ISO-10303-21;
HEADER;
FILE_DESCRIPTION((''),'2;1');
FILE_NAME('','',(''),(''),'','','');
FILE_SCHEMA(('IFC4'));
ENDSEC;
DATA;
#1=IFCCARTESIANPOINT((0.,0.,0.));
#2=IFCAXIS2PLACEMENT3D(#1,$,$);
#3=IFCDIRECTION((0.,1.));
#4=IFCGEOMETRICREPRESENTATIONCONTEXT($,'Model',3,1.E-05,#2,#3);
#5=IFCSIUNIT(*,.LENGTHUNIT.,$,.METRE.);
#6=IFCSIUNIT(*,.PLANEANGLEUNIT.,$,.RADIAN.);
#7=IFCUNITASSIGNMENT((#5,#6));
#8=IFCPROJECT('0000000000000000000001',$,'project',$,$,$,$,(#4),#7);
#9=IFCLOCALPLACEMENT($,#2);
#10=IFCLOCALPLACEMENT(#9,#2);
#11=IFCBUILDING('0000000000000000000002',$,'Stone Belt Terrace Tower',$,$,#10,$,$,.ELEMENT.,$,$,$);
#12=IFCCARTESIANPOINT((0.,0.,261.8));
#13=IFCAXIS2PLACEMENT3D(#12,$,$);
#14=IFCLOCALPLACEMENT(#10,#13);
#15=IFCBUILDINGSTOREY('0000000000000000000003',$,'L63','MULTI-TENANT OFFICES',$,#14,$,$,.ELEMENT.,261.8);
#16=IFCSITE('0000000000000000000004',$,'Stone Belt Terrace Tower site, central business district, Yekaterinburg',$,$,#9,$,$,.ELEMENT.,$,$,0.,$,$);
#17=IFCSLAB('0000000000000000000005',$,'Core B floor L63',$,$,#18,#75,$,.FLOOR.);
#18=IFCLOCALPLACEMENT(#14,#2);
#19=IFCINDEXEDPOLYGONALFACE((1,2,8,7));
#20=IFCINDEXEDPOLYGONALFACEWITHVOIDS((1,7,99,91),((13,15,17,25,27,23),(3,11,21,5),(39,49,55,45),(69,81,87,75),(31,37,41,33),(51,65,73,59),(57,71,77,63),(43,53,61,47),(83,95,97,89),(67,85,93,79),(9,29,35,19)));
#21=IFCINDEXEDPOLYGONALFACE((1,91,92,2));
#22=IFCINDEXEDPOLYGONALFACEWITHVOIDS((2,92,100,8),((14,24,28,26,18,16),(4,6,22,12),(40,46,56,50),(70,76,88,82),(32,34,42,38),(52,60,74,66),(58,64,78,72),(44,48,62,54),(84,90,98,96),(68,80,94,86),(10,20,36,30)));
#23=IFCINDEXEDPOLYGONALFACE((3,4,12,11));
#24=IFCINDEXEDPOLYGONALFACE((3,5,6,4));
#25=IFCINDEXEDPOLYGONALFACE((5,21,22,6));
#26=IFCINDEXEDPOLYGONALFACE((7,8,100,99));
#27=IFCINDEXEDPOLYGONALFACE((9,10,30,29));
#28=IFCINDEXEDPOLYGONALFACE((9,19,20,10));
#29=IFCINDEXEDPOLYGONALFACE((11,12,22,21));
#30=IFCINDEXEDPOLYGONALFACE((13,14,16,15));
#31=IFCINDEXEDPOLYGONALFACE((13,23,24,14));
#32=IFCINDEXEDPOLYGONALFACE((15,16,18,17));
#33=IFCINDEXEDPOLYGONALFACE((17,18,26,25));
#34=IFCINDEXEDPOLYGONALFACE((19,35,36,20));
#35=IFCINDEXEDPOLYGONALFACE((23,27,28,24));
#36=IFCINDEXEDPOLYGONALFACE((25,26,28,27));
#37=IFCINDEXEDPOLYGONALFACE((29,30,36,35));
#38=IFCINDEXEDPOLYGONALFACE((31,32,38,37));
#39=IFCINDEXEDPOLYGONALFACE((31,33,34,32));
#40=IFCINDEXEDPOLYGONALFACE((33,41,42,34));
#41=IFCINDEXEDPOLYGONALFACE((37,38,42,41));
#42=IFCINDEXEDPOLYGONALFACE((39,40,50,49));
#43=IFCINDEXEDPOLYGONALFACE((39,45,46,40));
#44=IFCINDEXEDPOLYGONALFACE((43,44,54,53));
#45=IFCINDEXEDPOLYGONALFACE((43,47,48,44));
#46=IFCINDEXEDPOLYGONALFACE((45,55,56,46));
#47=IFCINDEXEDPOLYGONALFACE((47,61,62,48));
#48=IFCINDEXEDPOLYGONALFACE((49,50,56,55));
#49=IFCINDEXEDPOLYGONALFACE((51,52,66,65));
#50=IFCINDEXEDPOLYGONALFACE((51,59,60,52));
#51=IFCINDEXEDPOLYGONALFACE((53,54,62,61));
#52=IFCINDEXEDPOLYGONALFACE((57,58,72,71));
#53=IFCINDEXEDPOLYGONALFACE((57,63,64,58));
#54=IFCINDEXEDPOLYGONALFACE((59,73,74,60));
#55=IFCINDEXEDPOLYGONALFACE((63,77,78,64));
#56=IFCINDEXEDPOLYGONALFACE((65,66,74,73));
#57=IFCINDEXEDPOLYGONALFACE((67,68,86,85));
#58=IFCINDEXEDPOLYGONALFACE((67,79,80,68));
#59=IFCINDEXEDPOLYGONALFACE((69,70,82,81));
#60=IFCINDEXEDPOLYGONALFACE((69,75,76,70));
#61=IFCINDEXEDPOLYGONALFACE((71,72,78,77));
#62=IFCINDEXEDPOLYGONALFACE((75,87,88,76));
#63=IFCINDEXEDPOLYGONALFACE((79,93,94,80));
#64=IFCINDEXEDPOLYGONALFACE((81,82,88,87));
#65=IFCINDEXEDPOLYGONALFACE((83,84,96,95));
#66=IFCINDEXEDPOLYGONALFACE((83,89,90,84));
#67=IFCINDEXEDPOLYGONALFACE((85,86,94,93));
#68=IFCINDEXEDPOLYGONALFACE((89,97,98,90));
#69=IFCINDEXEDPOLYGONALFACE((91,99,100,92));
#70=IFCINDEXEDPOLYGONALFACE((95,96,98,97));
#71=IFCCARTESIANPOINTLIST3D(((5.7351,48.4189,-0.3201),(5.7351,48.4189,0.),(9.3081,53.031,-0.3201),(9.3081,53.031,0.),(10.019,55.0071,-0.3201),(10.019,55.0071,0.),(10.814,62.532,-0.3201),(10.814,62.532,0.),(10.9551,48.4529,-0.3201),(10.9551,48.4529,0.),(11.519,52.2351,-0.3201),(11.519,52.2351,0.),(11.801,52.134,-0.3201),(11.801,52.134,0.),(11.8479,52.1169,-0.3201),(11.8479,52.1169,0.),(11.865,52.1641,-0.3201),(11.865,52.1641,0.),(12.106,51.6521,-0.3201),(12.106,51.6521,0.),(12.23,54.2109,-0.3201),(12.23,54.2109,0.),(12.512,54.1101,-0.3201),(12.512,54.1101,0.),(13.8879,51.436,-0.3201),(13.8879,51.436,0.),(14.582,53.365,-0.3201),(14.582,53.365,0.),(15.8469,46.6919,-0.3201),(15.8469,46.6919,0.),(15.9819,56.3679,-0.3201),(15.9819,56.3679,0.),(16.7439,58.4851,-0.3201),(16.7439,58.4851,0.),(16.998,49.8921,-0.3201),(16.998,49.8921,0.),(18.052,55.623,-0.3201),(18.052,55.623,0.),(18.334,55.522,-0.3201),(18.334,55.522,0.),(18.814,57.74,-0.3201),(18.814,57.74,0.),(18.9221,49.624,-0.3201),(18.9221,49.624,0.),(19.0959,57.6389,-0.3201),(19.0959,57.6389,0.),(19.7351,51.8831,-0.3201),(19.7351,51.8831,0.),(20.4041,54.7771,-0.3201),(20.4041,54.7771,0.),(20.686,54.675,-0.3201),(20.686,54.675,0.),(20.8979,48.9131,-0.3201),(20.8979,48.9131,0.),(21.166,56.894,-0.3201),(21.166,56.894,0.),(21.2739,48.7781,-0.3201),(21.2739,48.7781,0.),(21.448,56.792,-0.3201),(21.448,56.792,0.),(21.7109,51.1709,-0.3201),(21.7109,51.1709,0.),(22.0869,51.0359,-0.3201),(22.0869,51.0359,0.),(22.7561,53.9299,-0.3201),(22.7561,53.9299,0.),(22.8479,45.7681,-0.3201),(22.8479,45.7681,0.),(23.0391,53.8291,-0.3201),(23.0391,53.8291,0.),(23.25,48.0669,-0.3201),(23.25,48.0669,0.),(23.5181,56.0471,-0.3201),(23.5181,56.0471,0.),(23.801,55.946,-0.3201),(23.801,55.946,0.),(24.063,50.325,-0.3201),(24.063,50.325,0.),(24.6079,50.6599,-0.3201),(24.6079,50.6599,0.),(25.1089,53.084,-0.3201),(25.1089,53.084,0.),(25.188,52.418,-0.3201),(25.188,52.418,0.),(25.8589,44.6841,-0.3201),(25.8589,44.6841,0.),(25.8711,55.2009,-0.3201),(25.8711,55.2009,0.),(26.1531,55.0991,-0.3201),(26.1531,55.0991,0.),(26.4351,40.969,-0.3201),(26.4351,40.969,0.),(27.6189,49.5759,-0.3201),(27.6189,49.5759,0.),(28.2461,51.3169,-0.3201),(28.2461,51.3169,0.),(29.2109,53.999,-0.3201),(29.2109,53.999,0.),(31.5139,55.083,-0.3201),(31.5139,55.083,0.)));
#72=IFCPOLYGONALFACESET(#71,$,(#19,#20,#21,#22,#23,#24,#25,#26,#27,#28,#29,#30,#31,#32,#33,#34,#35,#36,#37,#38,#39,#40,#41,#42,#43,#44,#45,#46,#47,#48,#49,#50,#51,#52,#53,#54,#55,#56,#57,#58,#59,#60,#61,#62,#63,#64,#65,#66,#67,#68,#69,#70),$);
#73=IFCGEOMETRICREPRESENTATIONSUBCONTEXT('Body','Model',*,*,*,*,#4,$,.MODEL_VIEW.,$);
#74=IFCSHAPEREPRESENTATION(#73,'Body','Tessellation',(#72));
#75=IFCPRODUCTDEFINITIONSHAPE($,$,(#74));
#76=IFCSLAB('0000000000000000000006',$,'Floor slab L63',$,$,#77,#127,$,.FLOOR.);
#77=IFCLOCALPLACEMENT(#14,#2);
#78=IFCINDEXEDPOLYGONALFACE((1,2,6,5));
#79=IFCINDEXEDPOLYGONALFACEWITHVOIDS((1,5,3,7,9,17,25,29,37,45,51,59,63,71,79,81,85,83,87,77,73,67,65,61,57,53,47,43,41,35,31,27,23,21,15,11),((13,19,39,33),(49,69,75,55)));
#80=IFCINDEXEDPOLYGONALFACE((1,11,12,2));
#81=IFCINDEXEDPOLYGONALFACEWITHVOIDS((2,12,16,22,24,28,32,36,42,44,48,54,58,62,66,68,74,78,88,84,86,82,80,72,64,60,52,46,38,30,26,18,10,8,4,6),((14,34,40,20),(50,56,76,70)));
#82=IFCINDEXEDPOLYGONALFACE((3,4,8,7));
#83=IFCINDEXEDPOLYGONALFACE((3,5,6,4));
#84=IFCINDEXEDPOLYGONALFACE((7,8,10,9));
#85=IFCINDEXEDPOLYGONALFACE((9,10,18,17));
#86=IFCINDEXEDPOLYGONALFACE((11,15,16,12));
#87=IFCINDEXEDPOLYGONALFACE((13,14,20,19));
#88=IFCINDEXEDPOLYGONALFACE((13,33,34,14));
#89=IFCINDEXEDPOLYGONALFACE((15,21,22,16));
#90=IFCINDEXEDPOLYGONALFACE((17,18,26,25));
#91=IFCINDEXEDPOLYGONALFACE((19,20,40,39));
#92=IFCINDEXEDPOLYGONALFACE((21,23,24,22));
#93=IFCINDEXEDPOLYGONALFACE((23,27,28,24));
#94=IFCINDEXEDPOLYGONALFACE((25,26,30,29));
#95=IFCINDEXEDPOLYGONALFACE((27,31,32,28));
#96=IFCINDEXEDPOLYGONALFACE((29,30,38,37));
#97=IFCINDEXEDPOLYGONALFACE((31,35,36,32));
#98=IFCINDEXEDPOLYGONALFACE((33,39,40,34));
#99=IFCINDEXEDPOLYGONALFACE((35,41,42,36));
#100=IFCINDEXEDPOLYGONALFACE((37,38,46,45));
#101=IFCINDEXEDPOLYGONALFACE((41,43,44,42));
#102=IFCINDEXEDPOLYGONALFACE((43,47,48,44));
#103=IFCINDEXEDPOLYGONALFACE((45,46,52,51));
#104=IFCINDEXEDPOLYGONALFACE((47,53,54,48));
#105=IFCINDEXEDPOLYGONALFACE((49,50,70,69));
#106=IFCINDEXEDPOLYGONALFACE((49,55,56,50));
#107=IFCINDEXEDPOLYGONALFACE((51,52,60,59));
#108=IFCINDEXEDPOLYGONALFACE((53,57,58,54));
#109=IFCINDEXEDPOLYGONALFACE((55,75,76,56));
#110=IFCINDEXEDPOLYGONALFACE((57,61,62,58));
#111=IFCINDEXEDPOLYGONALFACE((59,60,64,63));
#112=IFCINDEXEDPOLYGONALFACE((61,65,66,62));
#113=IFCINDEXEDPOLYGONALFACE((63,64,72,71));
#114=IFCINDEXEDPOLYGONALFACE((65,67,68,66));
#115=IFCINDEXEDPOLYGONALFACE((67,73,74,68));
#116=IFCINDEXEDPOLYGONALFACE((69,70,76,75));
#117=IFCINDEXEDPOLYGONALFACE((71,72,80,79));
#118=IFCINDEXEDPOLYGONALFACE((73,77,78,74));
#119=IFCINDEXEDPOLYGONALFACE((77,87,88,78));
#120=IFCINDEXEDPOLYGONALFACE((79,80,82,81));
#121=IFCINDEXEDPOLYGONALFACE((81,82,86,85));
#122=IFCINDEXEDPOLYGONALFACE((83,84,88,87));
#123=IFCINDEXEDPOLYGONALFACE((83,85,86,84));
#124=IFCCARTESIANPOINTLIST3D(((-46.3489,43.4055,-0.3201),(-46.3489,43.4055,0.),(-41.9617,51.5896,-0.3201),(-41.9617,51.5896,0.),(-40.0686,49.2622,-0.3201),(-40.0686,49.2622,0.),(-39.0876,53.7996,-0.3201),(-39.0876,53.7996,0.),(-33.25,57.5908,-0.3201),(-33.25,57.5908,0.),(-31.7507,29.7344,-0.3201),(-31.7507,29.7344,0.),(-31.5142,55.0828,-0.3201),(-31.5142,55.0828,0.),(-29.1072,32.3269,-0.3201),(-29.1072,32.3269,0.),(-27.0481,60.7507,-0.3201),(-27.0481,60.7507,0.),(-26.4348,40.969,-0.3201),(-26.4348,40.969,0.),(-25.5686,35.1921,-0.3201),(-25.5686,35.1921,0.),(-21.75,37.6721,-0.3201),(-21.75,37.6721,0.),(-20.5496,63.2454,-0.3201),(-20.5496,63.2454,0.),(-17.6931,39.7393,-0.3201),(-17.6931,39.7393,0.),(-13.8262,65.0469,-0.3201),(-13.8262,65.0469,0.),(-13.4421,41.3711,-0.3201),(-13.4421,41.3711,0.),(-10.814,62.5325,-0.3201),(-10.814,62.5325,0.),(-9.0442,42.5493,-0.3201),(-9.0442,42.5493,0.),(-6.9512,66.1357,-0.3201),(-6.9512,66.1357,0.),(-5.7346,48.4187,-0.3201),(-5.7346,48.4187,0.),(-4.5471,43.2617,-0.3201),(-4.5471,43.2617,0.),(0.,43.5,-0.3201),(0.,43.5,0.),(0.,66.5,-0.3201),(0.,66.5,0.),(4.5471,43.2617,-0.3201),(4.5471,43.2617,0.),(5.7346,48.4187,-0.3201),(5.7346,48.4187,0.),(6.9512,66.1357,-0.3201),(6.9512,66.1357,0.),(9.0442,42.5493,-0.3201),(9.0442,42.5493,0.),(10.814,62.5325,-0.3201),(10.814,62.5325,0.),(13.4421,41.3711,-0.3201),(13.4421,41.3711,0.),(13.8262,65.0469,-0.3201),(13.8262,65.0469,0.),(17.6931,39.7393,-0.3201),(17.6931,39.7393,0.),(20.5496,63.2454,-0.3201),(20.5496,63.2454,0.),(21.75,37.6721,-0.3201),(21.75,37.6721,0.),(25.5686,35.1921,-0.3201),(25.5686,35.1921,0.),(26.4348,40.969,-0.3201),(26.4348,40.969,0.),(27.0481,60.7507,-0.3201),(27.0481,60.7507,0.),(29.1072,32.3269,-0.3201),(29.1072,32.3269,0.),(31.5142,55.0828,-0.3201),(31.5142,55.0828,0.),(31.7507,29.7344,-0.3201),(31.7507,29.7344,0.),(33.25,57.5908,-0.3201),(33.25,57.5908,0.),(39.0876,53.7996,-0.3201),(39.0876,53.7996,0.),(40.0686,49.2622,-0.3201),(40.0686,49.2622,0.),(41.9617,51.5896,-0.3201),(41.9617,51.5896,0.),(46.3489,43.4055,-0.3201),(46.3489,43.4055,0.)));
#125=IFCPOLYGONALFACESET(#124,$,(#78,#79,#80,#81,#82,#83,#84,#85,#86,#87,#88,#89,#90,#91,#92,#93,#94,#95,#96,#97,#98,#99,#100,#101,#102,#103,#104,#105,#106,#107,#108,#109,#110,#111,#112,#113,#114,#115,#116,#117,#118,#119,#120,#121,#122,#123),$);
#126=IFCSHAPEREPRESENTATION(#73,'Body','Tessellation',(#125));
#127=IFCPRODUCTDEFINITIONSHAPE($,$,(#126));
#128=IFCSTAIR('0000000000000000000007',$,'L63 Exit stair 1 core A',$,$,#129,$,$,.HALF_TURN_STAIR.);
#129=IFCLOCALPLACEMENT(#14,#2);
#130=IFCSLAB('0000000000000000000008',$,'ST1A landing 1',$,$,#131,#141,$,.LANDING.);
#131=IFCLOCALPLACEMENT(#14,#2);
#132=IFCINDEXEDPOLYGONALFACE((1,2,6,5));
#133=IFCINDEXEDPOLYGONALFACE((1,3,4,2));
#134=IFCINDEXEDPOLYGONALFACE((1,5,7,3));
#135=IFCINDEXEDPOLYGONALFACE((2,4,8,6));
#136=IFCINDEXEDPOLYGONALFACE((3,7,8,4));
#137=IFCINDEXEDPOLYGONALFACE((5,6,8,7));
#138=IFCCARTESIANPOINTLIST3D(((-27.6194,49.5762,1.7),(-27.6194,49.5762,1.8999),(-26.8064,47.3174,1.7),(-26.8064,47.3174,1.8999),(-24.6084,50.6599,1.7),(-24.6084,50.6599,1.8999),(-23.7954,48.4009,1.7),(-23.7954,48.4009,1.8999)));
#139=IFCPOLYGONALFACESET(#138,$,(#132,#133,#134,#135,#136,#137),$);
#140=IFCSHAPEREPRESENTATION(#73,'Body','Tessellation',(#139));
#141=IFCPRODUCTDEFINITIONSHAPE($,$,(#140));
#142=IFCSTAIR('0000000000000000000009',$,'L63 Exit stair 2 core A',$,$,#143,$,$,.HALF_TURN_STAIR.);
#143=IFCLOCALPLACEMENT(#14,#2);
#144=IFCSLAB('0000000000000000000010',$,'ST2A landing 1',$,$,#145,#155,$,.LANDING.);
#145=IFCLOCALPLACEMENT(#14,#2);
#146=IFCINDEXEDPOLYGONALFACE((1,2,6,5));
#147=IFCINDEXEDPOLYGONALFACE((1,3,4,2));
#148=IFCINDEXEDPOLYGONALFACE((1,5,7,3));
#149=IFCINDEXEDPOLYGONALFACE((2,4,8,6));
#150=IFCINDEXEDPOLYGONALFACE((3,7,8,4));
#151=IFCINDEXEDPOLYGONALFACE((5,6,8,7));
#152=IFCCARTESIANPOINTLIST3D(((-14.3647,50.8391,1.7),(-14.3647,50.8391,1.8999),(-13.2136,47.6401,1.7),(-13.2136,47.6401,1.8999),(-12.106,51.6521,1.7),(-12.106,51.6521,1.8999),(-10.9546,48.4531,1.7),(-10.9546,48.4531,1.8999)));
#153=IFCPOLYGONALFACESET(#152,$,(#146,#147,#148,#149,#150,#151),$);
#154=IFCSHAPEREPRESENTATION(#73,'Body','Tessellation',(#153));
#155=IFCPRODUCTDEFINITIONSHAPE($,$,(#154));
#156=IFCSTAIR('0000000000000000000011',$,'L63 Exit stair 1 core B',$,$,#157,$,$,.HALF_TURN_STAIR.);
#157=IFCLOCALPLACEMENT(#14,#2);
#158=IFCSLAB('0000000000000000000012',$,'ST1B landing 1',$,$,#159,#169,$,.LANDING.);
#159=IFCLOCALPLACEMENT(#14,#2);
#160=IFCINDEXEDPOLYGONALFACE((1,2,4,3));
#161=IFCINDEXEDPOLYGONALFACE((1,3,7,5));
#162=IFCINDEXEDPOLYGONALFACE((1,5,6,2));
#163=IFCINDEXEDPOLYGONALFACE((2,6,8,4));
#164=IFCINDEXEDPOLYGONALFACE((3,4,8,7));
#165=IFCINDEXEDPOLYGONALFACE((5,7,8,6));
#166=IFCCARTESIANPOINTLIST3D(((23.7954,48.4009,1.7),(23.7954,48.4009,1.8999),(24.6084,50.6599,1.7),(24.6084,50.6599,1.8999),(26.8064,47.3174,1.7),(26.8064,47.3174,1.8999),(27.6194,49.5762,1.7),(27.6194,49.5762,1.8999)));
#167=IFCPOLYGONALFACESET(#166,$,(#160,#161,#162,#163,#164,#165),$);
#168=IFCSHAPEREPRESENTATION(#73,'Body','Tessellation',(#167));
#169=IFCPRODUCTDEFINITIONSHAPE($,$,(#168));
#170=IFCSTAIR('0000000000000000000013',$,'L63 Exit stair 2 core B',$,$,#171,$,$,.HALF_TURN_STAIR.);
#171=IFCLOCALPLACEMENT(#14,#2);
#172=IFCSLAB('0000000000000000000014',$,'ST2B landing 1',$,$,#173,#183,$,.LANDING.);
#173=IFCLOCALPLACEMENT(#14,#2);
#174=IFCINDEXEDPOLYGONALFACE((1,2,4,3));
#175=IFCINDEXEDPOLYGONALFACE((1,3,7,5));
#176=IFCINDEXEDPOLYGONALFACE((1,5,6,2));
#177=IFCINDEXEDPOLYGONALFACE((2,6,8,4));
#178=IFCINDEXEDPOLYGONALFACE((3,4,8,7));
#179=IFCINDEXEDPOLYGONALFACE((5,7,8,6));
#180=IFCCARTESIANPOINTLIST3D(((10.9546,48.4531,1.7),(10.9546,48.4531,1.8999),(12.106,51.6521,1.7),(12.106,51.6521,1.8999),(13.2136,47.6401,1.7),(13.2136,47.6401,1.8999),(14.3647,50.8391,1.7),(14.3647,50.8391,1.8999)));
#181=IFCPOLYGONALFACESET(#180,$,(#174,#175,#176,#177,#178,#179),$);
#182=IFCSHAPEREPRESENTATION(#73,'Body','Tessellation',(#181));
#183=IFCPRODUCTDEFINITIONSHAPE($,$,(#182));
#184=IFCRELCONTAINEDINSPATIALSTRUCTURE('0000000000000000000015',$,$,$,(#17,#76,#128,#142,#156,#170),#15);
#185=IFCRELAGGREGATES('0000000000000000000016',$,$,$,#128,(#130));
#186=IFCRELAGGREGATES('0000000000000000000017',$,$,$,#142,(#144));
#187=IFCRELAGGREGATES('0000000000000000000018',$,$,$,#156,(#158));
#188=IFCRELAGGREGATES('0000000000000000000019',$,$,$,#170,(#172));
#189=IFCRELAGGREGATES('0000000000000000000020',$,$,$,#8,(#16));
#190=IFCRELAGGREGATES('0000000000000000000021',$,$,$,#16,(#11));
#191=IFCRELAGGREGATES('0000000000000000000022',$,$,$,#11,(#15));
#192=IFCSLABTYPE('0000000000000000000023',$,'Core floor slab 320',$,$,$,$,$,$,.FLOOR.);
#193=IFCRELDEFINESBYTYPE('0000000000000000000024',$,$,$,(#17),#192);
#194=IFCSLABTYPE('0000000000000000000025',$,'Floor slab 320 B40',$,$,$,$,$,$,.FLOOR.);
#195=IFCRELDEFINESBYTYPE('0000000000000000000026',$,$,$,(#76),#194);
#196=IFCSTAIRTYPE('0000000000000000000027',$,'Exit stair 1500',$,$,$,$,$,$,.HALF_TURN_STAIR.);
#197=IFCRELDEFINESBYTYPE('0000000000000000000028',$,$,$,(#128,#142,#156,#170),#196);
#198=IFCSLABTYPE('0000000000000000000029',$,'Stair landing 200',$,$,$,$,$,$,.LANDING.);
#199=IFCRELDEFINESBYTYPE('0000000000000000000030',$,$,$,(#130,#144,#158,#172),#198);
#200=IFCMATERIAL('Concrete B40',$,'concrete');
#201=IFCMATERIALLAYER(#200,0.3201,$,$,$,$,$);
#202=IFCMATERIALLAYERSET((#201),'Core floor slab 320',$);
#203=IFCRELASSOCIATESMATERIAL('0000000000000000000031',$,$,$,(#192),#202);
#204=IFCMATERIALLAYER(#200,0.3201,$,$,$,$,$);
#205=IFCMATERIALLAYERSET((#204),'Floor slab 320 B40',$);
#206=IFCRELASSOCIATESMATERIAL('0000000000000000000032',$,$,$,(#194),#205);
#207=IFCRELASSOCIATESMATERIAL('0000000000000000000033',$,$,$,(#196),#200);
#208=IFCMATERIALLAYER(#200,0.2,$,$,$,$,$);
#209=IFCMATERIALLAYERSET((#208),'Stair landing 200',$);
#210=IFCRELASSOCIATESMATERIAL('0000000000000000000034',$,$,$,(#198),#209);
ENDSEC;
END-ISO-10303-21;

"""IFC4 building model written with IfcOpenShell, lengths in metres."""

from ifc_helpers import new_model, si_unit, direction, frame, origin, place, context, subcontext, project, spatial, polyline, outline, extrude, material, layer, layer_set, type_object, element, aggregate, save


model = new_model("IFC4")

# Units and contexts
model_context = context("Model", 3, precision=1e-05, world=origin(), true_north=direction((0.0, 1.0)))
body_context = subcontext(model_context, "Body", "Model", "MODEL_VIEW")
ifc_project = project(units=[si_unit("LENGTHUNIT", "METRE"), si_unit("PLANEANGLEUNIT", "RADIAN")], contexts=[model_context])

# Site, building, storey
site_placement = place(None, origin())
site = spatial("IfcSite", under=ifc_project, at=site_placement, Name="Stone Belt Terrace Tower site, central business district, Yekaterinburg", CompositionType="ELEMENT", RefElevation=0.0)
building_placement = place(site_placement, origin())
building = spatial("IfcBuilding", under=site, at=building_placement, Name="Stone Belt Terrace Tower", CompositionType="ELEMENT")
storey_placement = place(building_placement, frame((0.0, 0.0, 261.8)))
storey = spatial("IfcBuildingStorey", under=building, at=storey_placement, Name="L63", Description="MULTI-TENANT OFFICES", CompositionType="ELEMENT", Elevation=261.8)

# Slabs
ifc_material_1 = material(Name="Concrete B40", Category="concrete")
ifc_layer_1 = layer(ifc_material_1, 0.3201)
ifc_layer_set_1 = layer_set([ifc_layer_1], Name="Core floor slab 320")
slab_type_1 = type_object("IfcSlabType", Name="Core floor slab 320", PredefinedType="FLOOR", material=ifc_layer_set_1)
slab_1_placement = place(storey_placement, frame((0.0, 0.0, -0.3201)))
element("IfcSlab", 1, at=slab_1_placement, inside=storey, type_object=slab_type_1, Name="Core B floor L63", PredefinedType="FLOOR", context=body_context, shape_type="SweptSolid", body=[
    extrude(outline(polyline([(26.4351, 40.969), (31.5139, 55.083), (10.814, 62.532), (5.7351, 48.4189), (26.4351, 40.969)]), holes=[polyline([(12.106, 51.6521), (16.998, 49.8921), (15.8469, 46.6919), (10.9551, 48.4529), (12.106, 51.6521)]), polyline([(20.8979, 48.9131), (18.9221, 49.624), (19.7351, 51.8831), (21.7109, 51.1709), (20.8979, 48.9131)]), polyline([(11.801, 52.134), (12.512, 54.1101), (14.582, 53.365), (13.8879, 51.436), (11.865, 52.1641), (11.8479, 52.1169), (11.801, 52.134)]), polyline([(9.3081, 53.031), (10.019, 55.0071), (12.23, 54.2109), (11.519, 52.2351), (9.3081, 53.031)]), polyline([(19.0959, 57.6389), (21.166, 56.894), (20.4041, 54.7771), (18.334, 55.522), (19.0959, 57.6389)]), polyline([(15.9819, 56.3679), (16.7439, 58.4851), (18.814, 57.74), (18.052, 55.623), (15.9819, 56.3679)]), polyline([(25.8589, 44.6841), (22.8479, 45.7681), (24.6079, 50.6599), (27.6189, 49.5759), (25.8589, 44.6841)]), polyline([(21.2739, 48.7781), (22.0869, 51.0359), (24.063, 50.325), (23.25, 48.0669), (21.2739, 48.7781)]), polyline([(26.1531, 55.0991), (29.2109, 53.999), (28.2461, 51.3169), (25.188, 52.418), (26.1531, 55.0991)]), polyline([(23.801, 55.946), (25.8711, 55.2009), (25.1089, 53.084), (23.0391, 53.8291), (23.801, 55.946)]), polyline([(21.448, 56.792), (23.5181, 56.0471), (22.7561, 53.9299), (20.686, 54.675), (21.448, 56.792)])]), origin(), (0.0, 0.0, 1.0), 0.3201),
])
ifc_layer_2 = layer(ifc_material_1, 0.3201)
ifc_layer_set_2 = layer_set([ifc_layer_2], Name="Floor slab 320 B40")
slab_type_2 = type_object("IfcSlabType", Name="Floor slab 320 B40", PredefinedType="FLOOR", material=ifc_layer_set_2)
slab_2_placement = place(storey_placement, frame((0.0, 0.0, -0.3201)))
element("IfcSlab", 2, at=slab_2_placement, inside=storey, type_object=slab_type_2, Name="Floor slab L63", PredefinedType="FLOOR", context=body_context, shape_type="SweptSolid", body=[
    extrude(outline(polyline([(-40.0686, 49.2622), (-41.9617, 51.5896), (-39.0876, 53.7996), (-33.25, 57.5908), (-27.0481, 60.7507), (-20.5496, 63.2454), (-13.8262, 65.0469), (-6.9512, 66.1357), (0.0, 66.5), (6.9512, 66.1357), (13.8262, 65.0469), (20.5496, 63.2454), (27.0481, 60.7507), (33.25, 57.5908), (39.0876, 53.7996), (41.9617, 51.5896), (40.0686, 49.2622), (46.3489, 43.4055), (31.7507, 29.7344), (29.1072, 32.3269), (25.5686, 35.1921), (21.75, 37.6721), (17.6931, 39.7393), (13.4421, 41.3711), (9.0442, 42.5493), (4.5471, 43.2617), (0.0, 43.5), (-4.5471, 43.2617), (-9.0442, 42.5493), (-13.4421, 41.3711), (-17.6931, 39.7393), (-21.75, 37.6721), (-25.5686, 35.1921), (-29.1072, 32.3269), (-31.7507, 29.7344), (-46.3489, 43.4055), (-40.0686, 49.2622)]), holes=[polyline([(-10.814, 62.5325), (-31.5142, 55.0828), (-26.4348, 40.969), (-5.7346, 48.4187), (-10.814, 62.5325)]), polyline([(26.4348, 40.969), (31.5142, 55.0828), (10.814, 62.5325), (5.7346, 48.4187), (26.4348, 40.969)])]), origin(), (0.0, 0.0, 1.0), 0.3201),
])

# Stairs, slabs
stair_type = type_object("IfcStairType", Name="Exit stair 1500", PredefinedType="HALF_TURN_STAIR", material=ifc_material_1)
stair_1_placement = place(storey_placement, origin())
stair_1 = element("IfcStair", 3, at=stair_1_placement, inside=storey, type_object=stair_type, Name="L63 Exit stair 1 core A", PredefinedType="HALF_TURN_STAIR")
ifc_layer_3 = layer(ifc_material_1, 0.2)
ifc_layer_set_3 = layer_set([ifc_layer_3], Name="Stair landing 200")
slab_type_3 = type_object("IfcSlabType", Name="Stair landing 200", PredefinedType="LANDING", material=ifc_layer_set_3)
slab_3_placement = place(storey_placement, frame((0.0, 0.0, 1.7)))
slab_3 = element("IfcSlab", 4, at=slab_3_placement, type_object=slab_type_3, Name="ST1A landing 1", PredefinedType="LANDING", context=body_context, shape_type="SweptSolid", body=[
    extrude(outline(polyline([(-23.7954, 48.4009), (-24.6084, 50.6599), (-27.6194, 49.5762), (-26.8064, 47.3174), (-23.7954, 48.4009)])), origin(), (0.0, 0.0, 1.0), 0.2),
])
aggregate(stair_1, [slab_3])
stair_2_placement = place(storey_placement, origin())
stair_2 = element("IfcStair", 5, at=stair_2_placement, inside=storey, type_object=stair_type, Name="L63 Exit stair 2 core A", PredefinedType="HALF_TURN_STAIR")
slab_4_placement = place(storey_placement, frame((0.0, 0.0, 1.7)))
slab_4 = element("IfcSlab", 6, at=slab_4_placement, type_object=slab_type_3, Name="ST2A landing 1", PredefinedType="LANDING", context=body_context, shape_type="SweptSolid", body=[
    extrude(outline(polyline([(-13.2136, 47.6401), (-10.9546, 48.4531), (-12.106, 51.6521), (-14.3647, 50.8391), (-13.2136, 47.6401)])), origin(), (0.0, 0.0, 1.0), 0.2),
])
aggregate(stair_2, [slab_4])
stair_3_placement = place(storey_placement, origin())
stair_3 = element("IfcStair", 7, at=stair_3_placement, inside=storey, type_object=stair_type, Name="L63 Exit stair 1 core B", PredefinedType="HALF_TURN_STAIR")
slab_5_placement = place(storey_placement, frame((0.0, 0.0, 1.7)))
slab_5 = element("IfcSlab", 8, at=slab_5_placement, type_object=slab_type_3, Name="ST1B landing 1", PredefinedType="LANDING", context=body_context, shape_type="SweptSolid", body=[
    extrude(outline(polyline([(26.8064, 47.3174), (27.6194, 49.5762), (24.6084, 50.6599), (23.7954, 48.4009), (26.8064, 47.3174)])), origin(), (0.0, 0.0, 1.0), 0.2),
])
aggregate(stair_3, [slab_5])
stair_4_placement = place(storey_placement, origin())
stair_4 = element("IfcStair", 9, at=stair_4_placement, inside=storey, type_object=stair_type, Name="L63 Exit stair 2 core B", PredefinedType="HALF_TURN_STAIR")
slab_6_placement = place(storey_placement, frame((0.0, 0.0, 1.7)))
slab_6 = element("IfcSlab", 10, at=slab_6_placement, type_object=slab_type_3, Name="ST2B landing 1", PredefinedType="LANDING", context=body_context, shape_type="SweptSolid", body=[
    extrude(outline(polyline([(14.3647, 50.8391), (12.106, 51.6521), (10.9546, 48.4531), (13.2136, 47.6401), (14.3647, 50.8391)])), origin(), (0.0, 0.0, 1.0), 0.2),
])
aggregate(stair_4, [slab_6])

save(model, "model.ifc")
